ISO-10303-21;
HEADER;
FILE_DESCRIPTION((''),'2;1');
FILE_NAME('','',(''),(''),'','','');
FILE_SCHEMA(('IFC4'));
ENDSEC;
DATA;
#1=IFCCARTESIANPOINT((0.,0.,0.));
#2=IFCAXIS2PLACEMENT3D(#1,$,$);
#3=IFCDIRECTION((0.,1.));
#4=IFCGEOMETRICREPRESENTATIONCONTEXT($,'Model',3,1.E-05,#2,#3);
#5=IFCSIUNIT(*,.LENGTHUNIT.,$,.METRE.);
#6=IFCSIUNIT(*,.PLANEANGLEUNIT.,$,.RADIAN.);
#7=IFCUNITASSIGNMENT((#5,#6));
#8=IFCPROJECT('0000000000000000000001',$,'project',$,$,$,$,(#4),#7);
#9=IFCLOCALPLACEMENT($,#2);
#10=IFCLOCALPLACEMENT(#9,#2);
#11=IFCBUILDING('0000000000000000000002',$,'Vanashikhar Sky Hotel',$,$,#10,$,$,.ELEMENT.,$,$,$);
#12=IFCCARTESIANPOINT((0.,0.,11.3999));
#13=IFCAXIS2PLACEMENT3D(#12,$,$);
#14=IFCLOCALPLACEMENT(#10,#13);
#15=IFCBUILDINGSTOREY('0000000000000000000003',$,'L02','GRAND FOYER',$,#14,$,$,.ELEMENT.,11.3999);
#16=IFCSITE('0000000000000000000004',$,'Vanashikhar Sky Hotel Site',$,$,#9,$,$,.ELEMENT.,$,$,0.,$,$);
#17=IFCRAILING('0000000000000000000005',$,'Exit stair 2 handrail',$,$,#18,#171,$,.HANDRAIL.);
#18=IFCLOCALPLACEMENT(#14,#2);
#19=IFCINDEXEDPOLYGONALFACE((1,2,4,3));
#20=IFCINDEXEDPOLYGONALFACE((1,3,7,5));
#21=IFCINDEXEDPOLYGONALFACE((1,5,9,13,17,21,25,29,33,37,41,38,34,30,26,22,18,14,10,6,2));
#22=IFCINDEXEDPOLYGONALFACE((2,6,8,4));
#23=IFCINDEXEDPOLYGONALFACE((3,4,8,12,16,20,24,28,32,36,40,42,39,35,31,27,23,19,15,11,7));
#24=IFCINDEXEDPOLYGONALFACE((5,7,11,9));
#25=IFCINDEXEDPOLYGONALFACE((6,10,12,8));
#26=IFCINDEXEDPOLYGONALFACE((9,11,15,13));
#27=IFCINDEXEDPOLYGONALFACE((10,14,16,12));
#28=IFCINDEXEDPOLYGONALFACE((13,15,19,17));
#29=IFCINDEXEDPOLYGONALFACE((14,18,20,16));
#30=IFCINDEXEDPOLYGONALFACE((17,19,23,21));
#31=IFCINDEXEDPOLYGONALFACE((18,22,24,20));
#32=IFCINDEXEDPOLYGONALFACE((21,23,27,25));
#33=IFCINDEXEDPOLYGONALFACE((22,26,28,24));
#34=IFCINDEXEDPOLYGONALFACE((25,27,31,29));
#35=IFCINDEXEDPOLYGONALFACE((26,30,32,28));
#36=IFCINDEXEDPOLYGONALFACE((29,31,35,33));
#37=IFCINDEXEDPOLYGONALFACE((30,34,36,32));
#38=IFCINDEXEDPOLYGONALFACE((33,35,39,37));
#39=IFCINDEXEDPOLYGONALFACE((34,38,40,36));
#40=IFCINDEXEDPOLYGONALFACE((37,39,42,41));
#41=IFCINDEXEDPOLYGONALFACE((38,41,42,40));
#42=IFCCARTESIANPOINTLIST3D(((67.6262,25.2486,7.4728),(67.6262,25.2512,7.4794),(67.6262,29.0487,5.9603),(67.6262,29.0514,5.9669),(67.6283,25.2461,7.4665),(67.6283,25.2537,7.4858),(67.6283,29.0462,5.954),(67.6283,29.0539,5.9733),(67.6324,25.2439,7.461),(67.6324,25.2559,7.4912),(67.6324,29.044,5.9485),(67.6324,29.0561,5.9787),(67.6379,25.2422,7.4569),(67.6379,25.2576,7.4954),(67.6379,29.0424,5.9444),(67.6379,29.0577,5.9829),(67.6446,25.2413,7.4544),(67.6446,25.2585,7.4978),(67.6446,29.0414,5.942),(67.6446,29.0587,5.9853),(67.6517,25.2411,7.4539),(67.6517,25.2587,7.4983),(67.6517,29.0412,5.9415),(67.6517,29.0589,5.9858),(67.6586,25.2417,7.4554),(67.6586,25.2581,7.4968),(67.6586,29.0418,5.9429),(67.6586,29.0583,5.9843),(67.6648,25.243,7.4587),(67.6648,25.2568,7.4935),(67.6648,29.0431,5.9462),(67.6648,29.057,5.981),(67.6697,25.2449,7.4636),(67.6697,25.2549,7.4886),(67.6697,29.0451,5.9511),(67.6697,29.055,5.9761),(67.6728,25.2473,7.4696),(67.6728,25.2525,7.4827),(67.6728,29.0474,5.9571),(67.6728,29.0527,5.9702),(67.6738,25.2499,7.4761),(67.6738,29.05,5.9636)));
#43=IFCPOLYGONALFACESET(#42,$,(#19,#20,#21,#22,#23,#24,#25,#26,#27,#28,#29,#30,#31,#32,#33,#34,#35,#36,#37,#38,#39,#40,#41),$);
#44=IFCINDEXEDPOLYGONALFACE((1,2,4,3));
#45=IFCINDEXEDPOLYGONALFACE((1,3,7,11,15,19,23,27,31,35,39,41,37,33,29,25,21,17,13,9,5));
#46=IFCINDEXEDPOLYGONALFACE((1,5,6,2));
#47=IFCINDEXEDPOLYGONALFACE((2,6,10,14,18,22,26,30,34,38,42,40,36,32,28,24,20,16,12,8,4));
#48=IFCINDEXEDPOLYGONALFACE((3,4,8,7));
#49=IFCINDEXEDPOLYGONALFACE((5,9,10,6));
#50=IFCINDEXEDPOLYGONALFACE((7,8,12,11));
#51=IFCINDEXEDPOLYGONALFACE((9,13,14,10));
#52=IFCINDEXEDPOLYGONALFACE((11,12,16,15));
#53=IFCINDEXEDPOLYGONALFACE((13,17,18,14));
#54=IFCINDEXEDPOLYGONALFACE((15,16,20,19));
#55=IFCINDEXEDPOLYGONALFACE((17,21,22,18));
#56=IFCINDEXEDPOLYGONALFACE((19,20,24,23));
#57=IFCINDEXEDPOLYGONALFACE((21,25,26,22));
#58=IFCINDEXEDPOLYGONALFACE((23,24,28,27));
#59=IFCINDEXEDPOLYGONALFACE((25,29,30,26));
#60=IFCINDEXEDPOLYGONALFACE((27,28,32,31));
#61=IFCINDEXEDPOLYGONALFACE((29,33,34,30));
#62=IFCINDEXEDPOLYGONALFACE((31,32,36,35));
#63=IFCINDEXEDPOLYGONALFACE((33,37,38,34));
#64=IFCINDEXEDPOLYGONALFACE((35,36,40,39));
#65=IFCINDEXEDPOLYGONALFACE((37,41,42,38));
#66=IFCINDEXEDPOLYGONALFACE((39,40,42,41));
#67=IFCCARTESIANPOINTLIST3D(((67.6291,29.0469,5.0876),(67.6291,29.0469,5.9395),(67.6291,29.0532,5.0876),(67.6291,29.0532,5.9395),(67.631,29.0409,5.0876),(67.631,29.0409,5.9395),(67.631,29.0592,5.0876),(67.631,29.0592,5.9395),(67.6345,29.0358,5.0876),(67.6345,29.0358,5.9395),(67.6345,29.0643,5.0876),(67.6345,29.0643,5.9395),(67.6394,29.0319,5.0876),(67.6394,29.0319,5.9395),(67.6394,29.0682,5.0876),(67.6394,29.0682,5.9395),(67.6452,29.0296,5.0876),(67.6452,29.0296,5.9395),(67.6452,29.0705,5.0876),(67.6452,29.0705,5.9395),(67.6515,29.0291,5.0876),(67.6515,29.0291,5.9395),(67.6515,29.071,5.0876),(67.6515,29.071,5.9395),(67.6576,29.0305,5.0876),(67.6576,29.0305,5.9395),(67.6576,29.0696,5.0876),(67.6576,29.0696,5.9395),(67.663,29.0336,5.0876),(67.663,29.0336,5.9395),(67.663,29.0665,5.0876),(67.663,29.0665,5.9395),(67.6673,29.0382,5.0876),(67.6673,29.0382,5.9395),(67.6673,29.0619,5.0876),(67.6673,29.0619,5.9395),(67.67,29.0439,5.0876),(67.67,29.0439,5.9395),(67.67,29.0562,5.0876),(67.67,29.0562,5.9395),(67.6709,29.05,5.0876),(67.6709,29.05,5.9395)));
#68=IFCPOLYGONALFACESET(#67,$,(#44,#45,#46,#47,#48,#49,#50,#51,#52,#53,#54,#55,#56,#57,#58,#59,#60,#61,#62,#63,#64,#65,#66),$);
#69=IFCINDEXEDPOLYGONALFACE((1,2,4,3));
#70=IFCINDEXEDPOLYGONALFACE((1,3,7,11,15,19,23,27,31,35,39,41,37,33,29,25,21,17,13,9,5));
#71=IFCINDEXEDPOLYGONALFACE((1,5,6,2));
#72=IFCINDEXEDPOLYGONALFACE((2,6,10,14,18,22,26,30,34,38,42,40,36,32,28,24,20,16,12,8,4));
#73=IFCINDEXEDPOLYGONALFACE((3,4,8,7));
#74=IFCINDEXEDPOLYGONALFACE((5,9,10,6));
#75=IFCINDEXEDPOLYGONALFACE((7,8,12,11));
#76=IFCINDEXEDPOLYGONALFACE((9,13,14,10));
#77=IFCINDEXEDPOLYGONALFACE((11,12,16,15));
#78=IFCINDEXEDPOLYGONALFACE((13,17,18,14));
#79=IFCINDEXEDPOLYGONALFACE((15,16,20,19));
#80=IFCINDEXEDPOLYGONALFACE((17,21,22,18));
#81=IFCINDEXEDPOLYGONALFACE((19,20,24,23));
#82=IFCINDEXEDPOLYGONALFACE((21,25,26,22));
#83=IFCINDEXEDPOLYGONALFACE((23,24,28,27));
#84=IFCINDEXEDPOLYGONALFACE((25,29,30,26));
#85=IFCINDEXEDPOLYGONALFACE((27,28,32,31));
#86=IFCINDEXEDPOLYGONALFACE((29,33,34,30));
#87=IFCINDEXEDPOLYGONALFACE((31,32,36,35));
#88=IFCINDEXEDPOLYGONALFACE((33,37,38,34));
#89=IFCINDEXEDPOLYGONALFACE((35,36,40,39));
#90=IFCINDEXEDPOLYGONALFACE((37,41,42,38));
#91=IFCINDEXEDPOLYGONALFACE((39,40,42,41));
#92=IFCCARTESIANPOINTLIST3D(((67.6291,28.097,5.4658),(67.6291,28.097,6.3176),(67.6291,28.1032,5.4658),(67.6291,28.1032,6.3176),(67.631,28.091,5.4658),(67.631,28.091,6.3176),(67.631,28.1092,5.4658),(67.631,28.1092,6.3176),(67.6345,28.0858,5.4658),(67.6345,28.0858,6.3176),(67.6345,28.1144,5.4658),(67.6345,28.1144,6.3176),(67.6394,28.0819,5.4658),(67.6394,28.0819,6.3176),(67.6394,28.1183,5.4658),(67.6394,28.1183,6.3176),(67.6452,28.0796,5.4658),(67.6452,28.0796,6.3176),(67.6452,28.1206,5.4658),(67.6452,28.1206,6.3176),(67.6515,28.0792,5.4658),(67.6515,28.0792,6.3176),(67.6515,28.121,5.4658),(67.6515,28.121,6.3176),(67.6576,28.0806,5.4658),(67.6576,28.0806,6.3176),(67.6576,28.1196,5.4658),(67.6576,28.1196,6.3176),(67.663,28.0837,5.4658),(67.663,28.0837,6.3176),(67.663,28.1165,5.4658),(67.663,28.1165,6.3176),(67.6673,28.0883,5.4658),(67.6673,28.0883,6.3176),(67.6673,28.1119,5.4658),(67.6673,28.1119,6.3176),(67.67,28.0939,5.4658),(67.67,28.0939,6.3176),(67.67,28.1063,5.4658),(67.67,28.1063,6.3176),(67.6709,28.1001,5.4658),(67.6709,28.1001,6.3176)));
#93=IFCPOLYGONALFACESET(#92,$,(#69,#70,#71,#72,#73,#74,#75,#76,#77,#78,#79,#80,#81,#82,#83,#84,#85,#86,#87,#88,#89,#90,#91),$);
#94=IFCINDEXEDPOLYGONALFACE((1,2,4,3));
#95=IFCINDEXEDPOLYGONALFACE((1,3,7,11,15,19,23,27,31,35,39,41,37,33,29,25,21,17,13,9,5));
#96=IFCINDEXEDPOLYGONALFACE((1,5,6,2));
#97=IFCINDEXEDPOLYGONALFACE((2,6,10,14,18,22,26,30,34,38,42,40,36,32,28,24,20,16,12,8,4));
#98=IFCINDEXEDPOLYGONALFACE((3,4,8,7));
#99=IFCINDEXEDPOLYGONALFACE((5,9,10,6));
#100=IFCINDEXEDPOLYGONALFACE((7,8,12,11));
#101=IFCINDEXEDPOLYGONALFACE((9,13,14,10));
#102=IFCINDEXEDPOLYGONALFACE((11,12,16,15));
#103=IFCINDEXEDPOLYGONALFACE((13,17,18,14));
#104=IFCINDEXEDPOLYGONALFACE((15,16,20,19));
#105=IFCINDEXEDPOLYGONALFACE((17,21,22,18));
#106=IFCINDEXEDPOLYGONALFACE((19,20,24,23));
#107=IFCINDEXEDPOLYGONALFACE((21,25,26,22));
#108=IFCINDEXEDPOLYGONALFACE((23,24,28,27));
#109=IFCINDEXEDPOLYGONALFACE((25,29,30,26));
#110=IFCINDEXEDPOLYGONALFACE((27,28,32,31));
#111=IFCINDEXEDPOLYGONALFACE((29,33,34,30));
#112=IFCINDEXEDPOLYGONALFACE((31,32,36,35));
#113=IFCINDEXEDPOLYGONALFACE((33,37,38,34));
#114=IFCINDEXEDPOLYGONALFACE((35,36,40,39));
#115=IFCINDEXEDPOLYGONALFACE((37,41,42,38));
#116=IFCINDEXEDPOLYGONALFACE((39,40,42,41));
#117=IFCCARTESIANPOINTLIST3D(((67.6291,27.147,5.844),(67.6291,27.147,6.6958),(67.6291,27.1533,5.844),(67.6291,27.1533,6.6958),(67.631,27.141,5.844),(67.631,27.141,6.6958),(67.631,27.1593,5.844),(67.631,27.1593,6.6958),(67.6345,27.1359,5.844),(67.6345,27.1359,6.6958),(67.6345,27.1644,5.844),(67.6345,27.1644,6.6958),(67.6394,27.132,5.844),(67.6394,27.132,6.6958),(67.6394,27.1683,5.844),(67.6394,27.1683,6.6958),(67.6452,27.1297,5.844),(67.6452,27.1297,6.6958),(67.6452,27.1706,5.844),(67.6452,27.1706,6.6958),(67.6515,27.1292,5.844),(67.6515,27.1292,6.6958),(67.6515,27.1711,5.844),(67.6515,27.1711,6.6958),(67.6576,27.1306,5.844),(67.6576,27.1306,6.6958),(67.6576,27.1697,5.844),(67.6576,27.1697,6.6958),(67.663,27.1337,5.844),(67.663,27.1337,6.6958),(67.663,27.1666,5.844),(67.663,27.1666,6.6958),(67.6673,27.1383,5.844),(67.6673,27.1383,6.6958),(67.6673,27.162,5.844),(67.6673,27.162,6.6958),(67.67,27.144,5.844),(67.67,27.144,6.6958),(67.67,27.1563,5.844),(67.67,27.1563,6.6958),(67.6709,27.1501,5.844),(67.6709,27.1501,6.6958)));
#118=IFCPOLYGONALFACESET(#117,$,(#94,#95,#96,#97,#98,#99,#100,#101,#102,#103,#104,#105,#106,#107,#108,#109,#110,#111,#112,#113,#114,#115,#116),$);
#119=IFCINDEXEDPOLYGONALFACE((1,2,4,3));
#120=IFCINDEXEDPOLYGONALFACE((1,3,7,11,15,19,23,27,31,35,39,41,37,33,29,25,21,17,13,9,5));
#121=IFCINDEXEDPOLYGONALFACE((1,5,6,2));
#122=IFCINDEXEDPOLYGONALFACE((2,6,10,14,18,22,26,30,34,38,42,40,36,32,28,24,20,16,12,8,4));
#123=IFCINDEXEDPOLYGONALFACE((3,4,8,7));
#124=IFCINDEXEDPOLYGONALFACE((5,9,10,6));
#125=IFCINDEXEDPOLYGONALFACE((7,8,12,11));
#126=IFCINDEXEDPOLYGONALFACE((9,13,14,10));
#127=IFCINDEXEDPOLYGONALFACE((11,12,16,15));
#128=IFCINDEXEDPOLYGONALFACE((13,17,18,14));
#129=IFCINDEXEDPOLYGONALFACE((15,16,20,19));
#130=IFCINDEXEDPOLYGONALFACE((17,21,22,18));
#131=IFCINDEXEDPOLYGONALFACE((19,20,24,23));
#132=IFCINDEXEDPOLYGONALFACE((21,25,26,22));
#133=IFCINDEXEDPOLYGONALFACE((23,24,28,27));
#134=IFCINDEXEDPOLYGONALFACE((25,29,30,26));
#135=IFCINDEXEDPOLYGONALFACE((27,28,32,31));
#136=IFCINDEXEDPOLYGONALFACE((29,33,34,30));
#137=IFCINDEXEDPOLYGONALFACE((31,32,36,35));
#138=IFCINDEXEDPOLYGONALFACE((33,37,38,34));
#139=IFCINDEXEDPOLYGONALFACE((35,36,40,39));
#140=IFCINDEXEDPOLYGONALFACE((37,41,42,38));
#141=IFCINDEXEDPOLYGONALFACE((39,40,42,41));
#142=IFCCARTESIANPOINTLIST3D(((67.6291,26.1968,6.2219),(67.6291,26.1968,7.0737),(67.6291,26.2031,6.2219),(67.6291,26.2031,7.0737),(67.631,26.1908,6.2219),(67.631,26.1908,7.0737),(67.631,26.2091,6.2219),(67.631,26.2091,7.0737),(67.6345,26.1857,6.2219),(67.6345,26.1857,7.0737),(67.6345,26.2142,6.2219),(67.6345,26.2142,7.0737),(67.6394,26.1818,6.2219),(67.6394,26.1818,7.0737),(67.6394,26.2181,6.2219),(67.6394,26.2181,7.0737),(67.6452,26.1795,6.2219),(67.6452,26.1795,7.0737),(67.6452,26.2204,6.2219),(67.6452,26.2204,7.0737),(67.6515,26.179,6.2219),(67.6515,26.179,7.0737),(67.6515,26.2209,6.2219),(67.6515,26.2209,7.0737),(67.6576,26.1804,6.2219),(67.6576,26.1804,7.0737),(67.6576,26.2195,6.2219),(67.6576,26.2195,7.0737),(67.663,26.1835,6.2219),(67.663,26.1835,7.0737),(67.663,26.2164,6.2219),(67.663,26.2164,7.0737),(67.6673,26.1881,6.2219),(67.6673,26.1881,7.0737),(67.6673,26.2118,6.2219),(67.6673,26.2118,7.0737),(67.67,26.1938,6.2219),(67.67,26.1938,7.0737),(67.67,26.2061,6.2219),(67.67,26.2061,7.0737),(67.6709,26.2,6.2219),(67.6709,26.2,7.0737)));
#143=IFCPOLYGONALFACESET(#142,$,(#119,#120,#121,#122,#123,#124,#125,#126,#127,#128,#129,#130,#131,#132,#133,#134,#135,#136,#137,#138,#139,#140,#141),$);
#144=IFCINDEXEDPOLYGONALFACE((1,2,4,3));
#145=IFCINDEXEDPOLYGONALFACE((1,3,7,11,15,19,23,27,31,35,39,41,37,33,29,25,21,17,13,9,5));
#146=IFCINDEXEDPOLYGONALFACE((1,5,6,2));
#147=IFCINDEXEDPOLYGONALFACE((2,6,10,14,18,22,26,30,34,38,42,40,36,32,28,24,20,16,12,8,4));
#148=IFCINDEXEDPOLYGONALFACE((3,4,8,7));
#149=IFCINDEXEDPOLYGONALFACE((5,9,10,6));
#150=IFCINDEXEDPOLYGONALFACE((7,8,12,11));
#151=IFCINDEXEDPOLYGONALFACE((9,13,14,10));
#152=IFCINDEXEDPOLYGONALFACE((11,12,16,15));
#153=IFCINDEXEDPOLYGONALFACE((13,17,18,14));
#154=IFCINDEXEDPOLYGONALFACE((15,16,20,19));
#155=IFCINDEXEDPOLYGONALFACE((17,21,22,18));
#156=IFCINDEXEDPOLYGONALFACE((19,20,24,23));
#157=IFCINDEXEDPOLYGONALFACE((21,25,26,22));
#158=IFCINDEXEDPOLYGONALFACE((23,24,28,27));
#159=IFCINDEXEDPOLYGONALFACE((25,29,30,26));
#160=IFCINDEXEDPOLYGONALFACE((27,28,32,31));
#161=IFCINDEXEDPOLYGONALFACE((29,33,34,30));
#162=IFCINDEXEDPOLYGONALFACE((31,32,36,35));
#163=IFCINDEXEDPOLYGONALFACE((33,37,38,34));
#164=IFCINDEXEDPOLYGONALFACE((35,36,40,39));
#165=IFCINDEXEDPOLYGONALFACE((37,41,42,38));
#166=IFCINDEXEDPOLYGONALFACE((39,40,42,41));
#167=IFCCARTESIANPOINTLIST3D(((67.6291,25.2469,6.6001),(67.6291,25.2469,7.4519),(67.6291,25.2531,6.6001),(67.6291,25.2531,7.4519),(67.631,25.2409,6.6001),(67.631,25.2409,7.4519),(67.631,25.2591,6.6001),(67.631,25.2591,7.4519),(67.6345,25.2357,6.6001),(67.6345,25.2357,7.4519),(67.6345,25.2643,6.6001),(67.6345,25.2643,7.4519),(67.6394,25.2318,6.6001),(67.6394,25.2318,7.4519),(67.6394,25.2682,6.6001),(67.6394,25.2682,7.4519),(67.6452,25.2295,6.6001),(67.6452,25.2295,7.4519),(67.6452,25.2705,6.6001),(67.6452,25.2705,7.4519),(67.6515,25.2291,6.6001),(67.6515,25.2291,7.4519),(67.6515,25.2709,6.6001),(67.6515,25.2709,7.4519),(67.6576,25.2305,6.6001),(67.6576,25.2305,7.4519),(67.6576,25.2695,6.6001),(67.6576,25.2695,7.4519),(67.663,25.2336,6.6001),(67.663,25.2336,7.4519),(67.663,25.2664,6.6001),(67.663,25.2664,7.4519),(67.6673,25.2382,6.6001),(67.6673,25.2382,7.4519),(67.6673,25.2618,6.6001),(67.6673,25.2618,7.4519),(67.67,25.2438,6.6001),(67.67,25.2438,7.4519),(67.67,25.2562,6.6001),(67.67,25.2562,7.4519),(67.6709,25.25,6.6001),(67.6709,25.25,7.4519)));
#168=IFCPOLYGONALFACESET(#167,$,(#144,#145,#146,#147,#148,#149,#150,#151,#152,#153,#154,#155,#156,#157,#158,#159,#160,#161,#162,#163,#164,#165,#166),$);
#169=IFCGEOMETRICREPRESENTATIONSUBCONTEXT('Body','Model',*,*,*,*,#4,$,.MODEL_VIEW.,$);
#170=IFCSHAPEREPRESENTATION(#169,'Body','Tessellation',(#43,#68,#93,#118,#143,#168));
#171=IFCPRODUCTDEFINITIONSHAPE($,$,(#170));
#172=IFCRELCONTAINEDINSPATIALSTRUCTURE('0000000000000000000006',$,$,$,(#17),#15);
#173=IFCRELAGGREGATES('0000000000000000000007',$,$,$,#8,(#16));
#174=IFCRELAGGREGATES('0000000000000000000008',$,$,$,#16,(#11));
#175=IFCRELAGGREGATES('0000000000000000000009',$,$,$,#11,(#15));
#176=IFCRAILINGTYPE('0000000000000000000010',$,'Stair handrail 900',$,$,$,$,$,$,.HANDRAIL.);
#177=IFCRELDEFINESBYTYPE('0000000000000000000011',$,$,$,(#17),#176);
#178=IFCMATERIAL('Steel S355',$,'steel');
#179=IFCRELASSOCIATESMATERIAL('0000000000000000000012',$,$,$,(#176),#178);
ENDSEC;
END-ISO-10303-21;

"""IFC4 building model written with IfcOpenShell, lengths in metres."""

from ifc_helpers import new_model, si_unit, direction, frame, origin, origin_2d, place, context, subcontext, project, spatial, circle, extrude, source, transform, mapped, material, type_object, element, save


model = new_model("IFC4")

# Units and contexts
model_context = context("Model", 3, precision=1e-05, world=origin(), true_north=direction((0.0, 1.0)))
body_context = subcontext(model_context, "Body", "Model", "MODEL_VIEW")
ifc_project = project(units=[si_unit("LENGTHUNIT", "METRE"), si_unit("PLANEANGLEUNIT", "RADIAN")], contexts=[model_context])

# Site, building, storey
site_placement = place(None, origin())
site = spatial("IfcSite", under=ifc_project, at=site_placement, Name="Vanashikhar Sky Hotel Site", CompositionType="ELEMENT", RefElevation=0.0)
building_placement = place(site_placement, origin())
building = spatial("IfcBuilding", under=site, at=building_placement, Name="Vanashikhar Sky Hotel", CompositionType="ELEMENT")
storey_placement = place(building_placement, frame((0.0, 0.0, 11.3999)))
storey = spatial("IfcBuildingStorey", under=building, at=storey_placement, Name="L02", Description="GRAND FOYER", CompositionType="ELEMENT", Elevation=11.3999)

# Railing
ifc_material_1 = material(Name="Steel S355", Category="steel")
railing_type_1 = type_object("IfcRailingType", Name="Stair handrail 900", PredefinedType="HANDRAIL", material=ifc_material_1)
shared_shape_1 = source(origin(), body_context, "Body", "SweptSolid", [
    extrude(circle(Radius=0.0239, at=origin_2d()), frame((0.0, 0.0, 0.876), z_axis=(0.0, -0.929113, 0.369795), x_axis=(1.0, 0.0, 0.0)), (0.0, 0.0, 1.0), 4.0901),
    extrude(circle(Radius=0.021, at=origin_2d()), origin(), (0.0, 0.0, 1.0), 0.8518),
    extrude(circle(Radius=0.021, at=origin_2d()), frame((0.0, -0.95, 0.3782)), (0.0, 0.0, 1.0), 0.8518),
    extrude(circle(Radius=0.021, at=origin_2d()), frame((0.0, -1.8999, 0.7563)), (0.0, 0.0, 1.0), 0.8518),
    extrude(circle(Radius=0.021, at=origin_2d()), frame((0.0, -2.8501, 1.1343)), (0.0, 0.0, 1.0), 0.8518),
    extrude(circle(Radius=0.021, at=origin_2d()), frame((0.0, -3.8, 1.5125)), (0.0, 0.0, 1.0), 0.8518),
])
for number, where, name in (
    (1, (67.6499, 29.05, 5.0876), "Exit stair 2 handrail"),
):
    element("IfcRailing", number, at=place(storey_placement, frame(where)), inside=storey, type_object=railing_type_1, Name=name, PredefinedType="HANDRAIL", context=body_context, shape_type="MappedRepresentation", body=[
        mapped(shared_shape_1, transform((0.0, 0.0, 0.0), scale=1.0)),
    ])

save(model, "model.ifc")
